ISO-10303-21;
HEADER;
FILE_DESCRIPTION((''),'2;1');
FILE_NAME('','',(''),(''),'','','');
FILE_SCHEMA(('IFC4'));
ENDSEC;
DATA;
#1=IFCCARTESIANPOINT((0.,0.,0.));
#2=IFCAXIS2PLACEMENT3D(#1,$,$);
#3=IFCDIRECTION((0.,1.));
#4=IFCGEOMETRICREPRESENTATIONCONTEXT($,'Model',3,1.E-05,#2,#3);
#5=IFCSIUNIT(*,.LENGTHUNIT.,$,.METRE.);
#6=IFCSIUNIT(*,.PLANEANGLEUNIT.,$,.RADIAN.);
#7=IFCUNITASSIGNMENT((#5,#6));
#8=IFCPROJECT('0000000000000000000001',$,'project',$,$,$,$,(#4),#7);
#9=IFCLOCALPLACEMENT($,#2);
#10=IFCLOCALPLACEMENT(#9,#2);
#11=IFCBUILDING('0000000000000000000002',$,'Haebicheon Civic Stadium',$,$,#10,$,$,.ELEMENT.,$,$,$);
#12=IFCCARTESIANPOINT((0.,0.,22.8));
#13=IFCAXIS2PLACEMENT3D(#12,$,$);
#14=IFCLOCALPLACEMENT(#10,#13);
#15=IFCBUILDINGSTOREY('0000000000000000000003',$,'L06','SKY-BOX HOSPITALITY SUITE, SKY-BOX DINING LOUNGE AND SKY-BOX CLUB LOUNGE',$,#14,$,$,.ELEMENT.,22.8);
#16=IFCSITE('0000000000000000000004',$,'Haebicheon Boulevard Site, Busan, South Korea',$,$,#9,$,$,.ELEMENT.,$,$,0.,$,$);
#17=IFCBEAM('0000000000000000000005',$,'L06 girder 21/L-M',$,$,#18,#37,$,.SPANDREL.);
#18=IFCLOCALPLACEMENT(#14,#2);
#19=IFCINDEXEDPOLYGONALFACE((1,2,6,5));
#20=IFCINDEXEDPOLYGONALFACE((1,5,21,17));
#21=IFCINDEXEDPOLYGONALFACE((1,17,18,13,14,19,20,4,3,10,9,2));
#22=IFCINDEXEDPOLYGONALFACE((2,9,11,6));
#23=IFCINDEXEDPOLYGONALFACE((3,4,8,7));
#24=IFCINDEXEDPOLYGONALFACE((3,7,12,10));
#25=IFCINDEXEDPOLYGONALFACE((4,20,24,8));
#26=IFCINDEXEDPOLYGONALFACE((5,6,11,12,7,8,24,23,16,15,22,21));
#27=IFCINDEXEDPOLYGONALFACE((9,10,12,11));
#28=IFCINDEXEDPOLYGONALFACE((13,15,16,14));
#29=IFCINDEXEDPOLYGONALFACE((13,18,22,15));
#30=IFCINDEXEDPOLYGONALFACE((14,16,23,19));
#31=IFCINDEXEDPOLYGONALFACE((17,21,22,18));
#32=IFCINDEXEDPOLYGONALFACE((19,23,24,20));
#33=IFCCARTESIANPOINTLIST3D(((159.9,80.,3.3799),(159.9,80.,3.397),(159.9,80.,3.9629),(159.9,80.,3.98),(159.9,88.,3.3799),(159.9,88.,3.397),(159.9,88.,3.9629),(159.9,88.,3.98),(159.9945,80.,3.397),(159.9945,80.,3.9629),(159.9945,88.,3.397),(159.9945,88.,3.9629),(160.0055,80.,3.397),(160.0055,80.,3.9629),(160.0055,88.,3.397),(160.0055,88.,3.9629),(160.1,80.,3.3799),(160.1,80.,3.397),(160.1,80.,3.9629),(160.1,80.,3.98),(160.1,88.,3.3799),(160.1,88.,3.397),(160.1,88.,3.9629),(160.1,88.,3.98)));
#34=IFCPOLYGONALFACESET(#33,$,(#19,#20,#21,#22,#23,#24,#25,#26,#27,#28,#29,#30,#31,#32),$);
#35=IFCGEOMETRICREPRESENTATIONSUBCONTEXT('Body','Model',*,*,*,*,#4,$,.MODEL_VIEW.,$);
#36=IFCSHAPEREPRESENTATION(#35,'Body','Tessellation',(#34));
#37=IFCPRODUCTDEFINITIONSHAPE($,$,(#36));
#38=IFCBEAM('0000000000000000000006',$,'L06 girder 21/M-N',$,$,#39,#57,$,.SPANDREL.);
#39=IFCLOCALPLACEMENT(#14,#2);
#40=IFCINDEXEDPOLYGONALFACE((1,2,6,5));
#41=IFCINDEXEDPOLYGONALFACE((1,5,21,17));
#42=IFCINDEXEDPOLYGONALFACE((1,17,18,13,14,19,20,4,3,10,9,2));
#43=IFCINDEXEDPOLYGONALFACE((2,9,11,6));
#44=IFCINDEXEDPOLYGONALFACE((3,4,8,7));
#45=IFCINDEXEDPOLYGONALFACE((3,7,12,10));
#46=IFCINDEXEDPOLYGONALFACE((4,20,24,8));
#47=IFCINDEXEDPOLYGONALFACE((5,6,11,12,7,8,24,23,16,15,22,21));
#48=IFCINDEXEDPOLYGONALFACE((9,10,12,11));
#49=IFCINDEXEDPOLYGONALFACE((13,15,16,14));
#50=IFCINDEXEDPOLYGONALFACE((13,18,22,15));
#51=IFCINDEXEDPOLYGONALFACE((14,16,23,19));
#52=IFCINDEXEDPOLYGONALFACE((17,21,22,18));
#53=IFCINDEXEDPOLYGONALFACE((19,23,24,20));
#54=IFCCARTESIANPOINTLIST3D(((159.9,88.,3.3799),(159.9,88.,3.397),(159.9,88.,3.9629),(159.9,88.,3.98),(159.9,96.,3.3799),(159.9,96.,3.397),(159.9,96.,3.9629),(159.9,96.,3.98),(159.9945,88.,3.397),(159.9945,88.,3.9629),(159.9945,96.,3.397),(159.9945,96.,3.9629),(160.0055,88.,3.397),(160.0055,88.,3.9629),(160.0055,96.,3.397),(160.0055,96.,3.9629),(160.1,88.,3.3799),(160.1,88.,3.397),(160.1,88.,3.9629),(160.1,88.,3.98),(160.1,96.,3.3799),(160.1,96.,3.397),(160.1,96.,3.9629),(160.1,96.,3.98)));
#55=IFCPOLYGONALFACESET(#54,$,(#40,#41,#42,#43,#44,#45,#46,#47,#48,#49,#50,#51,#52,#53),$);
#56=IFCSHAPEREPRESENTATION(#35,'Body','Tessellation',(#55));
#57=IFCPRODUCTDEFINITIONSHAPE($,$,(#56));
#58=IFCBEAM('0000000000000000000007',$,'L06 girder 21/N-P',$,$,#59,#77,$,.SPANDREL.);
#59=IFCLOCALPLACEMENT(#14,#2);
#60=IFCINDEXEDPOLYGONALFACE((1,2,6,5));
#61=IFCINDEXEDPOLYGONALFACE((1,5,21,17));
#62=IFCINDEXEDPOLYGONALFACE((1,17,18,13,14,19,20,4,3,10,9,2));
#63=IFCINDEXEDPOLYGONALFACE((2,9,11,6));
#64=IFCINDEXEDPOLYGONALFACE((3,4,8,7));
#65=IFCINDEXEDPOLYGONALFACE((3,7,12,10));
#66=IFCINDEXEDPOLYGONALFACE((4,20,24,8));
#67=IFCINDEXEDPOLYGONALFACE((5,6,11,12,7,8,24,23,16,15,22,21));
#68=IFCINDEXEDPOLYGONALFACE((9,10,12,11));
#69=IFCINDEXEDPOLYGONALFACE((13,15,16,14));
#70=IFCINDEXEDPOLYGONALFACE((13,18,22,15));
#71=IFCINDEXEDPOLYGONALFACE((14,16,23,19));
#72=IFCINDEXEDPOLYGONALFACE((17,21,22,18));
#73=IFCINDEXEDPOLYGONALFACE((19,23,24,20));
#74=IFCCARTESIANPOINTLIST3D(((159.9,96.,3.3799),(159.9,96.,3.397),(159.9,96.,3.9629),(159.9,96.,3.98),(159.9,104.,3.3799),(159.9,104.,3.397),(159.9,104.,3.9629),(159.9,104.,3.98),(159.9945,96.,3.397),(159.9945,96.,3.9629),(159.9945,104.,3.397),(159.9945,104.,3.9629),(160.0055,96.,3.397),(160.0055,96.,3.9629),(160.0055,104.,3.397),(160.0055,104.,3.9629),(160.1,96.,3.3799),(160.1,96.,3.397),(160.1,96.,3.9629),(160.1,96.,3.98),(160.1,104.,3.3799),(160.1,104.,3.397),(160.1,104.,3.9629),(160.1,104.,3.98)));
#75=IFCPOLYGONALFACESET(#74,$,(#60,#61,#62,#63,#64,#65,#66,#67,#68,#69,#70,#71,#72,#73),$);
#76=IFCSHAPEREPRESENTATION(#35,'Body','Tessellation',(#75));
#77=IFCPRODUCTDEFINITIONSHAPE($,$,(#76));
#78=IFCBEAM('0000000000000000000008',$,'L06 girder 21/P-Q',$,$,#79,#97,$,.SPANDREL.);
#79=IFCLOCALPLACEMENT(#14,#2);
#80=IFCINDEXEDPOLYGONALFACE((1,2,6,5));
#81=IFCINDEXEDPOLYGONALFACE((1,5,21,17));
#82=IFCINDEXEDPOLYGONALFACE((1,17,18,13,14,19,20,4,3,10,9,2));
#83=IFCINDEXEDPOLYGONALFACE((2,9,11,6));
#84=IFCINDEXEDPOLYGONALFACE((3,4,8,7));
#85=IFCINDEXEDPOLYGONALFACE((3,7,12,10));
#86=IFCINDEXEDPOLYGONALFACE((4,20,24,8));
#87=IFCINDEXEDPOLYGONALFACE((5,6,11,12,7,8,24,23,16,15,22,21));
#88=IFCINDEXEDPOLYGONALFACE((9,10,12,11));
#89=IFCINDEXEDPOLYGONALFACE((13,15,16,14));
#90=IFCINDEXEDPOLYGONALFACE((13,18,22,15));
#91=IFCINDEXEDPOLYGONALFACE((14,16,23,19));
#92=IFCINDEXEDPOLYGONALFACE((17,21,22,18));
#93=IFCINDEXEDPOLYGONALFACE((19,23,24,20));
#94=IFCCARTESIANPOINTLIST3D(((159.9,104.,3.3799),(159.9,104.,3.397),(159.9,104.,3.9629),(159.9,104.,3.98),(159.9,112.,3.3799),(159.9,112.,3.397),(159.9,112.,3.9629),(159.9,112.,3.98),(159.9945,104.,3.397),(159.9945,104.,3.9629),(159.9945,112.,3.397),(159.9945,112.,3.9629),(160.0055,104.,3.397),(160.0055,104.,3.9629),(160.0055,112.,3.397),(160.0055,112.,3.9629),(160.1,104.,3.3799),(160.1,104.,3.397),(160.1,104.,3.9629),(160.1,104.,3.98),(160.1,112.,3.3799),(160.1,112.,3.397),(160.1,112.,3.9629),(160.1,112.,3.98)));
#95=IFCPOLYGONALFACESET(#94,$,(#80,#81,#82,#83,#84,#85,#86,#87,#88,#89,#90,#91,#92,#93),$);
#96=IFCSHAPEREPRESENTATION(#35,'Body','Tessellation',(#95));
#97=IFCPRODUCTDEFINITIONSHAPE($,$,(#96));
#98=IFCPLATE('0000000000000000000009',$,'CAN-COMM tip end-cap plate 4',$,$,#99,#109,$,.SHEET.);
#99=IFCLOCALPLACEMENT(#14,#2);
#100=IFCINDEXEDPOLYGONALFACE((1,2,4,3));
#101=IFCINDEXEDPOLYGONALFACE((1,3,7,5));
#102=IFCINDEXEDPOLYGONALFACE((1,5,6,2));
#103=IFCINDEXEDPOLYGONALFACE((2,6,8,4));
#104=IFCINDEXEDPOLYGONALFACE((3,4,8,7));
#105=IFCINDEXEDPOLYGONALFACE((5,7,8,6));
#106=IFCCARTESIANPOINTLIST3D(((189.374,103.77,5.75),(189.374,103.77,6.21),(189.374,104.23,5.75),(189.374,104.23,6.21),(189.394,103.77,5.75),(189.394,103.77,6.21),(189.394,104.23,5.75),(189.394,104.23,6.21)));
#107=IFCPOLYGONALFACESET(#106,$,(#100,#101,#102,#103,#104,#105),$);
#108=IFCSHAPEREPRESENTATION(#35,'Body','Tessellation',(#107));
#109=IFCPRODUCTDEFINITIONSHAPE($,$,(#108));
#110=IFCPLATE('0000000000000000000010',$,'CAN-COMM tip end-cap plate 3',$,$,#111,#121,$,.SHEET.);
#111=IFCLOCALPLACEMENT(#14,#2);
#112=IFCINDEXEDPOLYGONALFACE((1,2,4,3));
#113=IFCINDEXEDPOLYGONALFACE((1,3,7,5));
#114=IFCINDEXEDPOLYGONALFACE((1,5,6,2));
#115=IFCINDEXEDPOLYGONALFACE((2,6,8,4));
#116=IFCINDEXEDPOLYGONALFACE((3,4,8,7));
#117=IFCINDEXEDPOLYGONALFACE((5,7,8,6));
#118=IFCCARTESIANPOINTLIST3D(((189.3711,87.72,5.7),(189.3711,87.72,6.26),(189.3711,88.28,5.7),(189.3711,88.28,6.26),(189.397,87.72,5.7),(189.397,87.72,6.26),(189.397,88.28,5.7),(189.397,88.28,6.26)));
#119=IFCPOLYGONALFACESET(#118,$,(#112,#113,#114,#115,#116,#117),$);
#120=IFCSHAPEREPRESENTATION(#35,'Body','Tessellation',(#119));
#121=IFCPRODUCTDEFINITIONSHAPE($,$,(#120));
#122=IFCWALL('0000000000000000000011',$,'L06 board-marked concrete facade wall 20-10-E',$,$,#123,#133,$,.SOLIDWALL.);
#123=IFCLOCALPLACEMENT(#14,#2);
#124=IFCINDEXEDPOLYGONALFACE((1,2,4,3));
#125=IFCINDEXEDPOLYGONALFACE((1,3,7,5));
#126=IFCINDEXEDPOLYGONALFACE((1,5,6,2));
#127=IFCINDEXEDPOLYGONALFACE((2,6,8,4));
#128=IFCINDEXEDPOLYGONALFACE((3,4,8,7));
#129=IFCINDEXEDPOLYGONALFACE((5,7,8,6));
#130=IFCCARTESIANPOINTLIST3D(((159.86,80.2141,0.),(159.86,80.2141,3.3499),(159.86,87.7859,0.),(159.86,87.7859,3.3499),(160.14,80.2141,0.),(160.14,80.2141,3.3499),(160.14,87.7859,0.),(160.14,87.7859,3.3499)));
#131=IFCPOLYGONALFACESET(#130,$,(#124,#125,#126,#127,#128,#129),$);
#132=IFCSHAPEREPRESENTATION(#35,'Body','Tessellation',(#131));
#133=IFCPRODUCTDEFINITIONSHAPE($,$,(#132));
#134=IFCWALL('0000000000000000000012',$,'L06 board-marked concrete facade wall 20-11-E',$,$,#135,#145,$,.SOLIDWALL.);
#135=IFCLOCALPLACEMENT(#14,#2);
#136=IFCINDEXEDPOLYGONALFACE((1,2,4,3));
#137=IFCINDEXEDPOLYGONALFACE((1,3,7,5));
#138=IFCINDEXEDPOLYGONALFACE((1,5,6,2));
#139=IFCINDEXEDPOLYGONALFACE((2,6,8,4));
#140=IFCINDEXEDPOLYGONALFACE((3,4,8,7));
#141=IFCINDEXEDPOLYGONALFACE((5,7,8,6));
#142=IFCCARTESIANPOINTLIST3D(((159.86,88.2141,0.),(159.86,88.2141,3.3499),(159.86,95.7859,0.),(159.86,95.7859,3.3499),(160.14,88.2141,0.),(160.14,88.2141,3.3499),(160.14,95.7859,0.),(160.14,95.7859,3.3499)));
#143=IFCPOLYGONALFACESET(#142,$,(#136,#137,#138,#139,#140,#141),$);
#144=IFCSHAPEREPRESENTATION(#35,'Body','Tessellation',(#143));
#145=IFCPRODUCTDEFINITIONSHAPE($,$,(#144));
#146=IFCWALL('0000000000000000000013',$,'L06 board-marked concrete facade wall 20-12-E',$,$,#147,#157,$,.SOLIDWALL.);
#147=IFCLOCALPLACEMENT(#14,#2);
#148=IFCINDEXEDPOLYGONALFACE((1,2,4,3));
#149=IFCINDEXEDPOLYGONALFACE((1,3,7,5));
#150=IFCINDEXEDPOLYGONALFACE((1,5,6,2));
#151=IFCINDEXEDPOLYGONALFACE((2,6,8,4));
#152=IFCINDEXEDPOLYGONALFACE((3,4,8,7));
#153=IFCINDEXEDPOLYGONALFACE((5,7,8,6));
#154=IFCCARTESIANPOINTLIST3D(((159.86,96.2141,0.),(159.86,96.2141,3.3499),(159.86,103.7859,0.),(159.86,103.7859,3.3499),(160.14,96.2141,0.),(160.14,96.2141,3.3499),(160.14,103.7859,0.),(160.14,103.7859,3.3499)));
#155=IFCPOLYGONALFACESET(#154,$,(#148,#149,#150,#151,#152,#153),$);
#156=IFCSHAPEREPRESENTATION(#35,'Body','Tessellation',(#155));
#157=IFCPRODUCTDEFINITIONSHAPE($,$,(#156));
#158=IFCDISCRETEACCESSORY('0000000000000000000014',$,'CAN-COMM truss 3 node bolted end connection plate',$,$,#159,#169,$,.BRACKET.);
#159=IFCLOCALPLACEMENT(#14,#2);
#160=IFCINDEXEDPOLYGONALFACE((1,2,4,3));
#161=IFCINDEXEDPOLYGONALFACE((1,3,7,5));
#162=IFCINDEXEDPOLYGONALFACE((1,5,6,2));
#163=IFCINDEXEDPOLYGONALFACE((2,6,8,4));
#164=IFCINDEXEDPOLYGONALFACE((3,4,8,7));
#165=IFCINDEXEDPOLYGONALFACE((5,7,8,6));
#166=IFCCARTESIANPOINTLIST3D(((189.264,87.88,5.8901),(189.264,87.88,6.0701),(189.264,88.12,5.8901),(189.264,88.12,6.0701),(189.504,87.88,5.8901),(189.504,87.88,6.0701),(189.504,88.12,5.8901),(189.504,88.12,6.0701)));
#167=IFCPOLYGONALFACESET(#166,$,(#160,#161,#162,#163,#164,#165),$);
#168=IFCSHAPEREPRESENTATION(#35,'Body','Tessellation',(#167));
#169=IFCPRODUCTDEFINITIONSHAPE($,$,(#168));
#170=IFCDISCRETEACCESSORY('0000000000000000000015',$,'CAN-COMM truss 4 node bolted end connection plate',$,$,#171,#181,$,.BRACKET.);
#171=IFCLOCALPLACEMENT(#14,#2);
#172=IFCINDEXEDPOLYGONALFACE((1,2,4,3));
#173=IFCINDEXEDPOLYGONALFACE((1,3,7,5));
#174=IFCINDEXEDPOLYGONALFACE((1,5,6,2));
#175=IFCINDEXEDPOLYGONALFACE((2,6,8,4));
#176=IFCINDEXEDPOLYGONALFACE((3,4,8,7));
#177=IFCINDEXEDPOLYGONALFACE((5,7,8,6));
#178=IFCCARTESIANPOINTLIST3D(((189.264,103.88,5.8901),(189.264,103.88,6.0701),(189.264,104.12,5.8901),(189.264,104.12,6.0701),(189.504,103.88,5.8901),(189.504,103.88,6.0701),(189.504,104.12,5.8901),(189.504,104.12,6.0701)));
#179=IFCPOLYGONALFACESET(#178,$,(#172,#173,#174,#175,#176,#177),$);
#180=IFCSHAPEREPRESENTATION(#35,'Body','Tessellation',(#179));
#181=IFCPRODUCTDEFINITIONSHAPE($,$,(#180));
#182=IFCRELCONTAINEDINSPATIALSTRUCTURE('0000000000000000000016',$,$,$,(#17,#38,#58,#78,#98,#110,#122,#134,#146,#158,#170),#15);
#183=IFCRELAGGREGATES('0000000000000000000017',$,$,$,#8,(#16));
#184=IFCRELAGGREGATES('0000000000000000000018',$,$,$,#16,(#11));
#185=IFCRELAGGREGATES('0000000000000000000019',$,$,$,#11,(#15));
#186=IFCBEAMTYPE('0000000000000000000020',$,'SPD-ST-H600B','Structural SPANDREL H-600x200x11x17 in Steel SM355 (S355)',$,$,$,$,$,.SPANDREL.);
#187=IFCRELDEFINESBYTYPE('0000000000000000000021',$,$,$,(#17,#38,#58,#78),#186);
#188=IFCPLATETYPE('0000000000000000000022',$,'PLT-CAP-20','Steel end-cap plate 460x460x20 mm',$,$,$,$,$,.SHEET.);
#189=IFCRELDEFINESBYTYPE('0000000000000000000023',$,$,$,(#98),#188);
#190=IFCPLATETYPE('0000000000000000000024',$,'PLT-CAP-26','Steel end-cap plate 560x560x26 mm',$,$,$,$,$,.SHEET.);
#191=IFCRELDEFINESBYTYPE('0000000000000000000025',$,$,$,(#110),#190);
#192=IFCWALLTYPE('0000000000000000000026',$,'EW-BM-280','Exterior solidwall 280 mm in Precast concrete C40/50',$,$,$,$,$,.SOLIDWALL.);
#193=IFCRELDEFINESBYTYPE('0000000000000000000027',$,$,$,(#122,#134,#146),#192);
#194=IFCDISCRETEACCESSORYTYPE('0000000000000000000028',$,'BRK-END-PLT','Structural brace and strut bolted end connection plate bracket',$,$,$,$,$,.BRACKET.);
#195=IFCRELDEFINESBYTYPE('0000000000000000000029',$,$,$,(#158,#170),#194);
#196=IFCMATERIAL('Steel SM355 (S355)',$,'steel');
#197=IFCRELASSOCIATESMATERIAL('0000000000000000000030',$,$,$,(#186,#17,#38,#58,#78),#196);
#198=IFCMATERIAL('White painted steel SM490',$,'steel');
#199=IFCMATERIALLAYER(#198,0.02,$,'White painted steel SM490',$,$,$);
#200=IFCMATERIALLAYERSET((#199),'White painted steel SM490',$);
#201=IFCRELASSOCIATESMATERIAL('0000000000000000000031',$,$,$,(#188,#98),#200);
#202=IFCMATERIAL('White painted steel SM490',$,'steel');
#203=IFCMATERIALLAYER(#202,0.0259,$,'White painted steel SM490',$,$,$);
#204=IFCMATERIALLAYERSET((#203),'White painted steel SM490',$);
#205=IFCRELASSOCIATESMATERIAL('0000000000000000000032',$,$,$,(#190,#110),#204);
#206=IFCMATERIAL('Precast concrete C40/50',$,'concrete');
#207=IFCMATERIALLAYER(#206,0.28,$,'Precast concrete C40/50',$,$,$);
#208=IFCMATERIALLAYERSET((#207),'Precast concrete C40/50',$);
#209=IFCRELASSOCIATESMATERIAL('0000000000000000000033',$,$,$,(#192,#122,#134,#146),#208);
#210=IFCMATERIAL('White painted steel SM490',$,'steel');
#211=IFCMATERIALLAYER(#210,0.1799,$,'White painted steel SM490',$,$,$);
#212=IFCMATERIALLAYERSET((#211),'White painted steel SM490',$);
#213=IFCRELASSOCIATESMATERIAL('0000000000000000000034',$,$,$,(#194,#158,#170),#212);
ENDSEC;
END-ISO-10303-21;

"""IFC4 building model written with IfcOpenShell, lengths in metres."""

from ifc_helpers import new_model, si_unit, direction, frame, frame_2d, origin, origin_2d, place, context, subcontext, project, spatial, rectangle, i_section, extrude, material, layer, layer_set, material_profile, profile_set, type_object, element, save


model = new_model("IFC4")

# Units and contexts
model_context = context("Model", 3, precision=1e-05, world=origin(), true_north=direction((0.0, 1.0)))
body_context = subcontext(model_context, "Body", "Model", "MODEL_VIEW")
ifc_project = project(units=[si_unit("LENGTHUNIT", "METRE"), si_unit("PLANEANGLEUNIT", "RADIAN")], contexts=[model_context])

# Site, building, storey
site_placement = place(None, origin())
site = spatial("IfcSite", under=ifc_project, at=site_placement, Name="Haebicheon Boulevard Site, Busan, South Korea", CompositionType="ELEMENT", RefElevation=0.0)
building_placement = place(site_placement, origin())
building = spatial("IfcBuilding", under=site, at=building_placement, Name="Haebicheon Civic Stadium", CompositionType="ELEMENT")
storey_placement = place(building_placement, frame((0.0, 0.0, 22.8)))
storey = spatial("IfcBuildingStorey", under=building, at=storey_placement, Name="L06", Description="SKY-BOX HOSPITALITY SUITE, SKY-BOX DINING LOUNGE AND SKY-BOX CLUB LOUNGE", CompositionType="ELEMENT", Elevation=22.8)

# Beams
ifc_material_1 = material(Name="Steel SM355 (S355)", Category="steel")
ifc_material_profile_1 = material_profile(ifc_material_1, i_section(OverallWidth=0.2, OverallDepth=0.6001, WebThickness=0.011, FlangeThickness=0.0171, at=origin_2d()), Name="H-600x200x11x17")
ifc_profile_set_1 = profile_set([ifc_material_profile_1], Name="Steel SM355 (S355)")
beam_type_1 = type_object("IfcBeamType", Name="SPD-ST-H600B", Description="Structural SPANDREL H-600x200x11x17 in Steel SM355 (S355)", PredefinedType="SPANDREL", material=ifc_profile_set_1)
for number, where, z_axis, x_axis, name in (
    (1, (160.0, 80.0, 3.6799), (0.0, 1.0, 0.0), (-1.0, 0.0, 0.0), "L06 girder 21/L-M"),
    (2, (160.0, 88.0, 3.6799), (0.0, 1.0, 0.0), (-1.0, 0.0, 0.0), "L06 girder 21/M-N"),
    (3, (160.0, 96.0, 3.6799), (0.0, 1.0, 0.0), (-1.0, 0.0, 0.0), "L06 girder 21/N-P"),
    (4, (160.0, 104.0, 3.6799), (0.0, 1.0, 0.0), (-1.0, 0.0, 0.0), "L06 girder 21/P-Q"),
):
    element("IfcBeam", number, at=place(storey_placement, frame(where, z_axis=z_axis, x_axis=x_axis)), inside=storey, type_object=beam_type_1, material=ifc_profile_set_1, Name=name, PredefinedType="SPANDREL", context=body_context, shape_type="SweptSolid", body=[
        extrude(i_section(OverallWidth=0.2, OverallDepth=0.6001, WebThickness=0.011, FlangeThickness=0.0171, at=origin_2d()), origin(), (0.0, 0.0, 1.0), 8.0),
    ])

# Plates
ifc_material_2 = material(Name="White painted steel SM490", Category="steel")
ifc_layer_1 = layer(ifc_material_2, 0.02, Name="White painted steel SM490")
ifc_layer_set_1 = layer_set([ifc_layer_1], Name="White painted steel SM490")
plate_type_1 = type_object("IfcPlateType", Name="PLT-CAP-20", Description="Steel end-cap plate 460x460x20 mm", PredefinedType="SHEET", material=ifc_layer_set_1)
plate_1_placement = place(storey_placement, frame((189.384, 104.0, 5.75), z_axis=(0.0, 0.0, 1.0), x_axis=(0.0, 1.0, 0.0)))
element("IfcPlate", 5, at=plate_1_placement, inside=storey, type_object=plate_type_1, material=ifc_layer_set_1, Name="CAN-COMM tip end-cap plate 4", PredefinedType="SHEET", context=body_context, shape_type="SweptSolid", body=[
    extrude(rectangle(XDim=0.46, YDim=0.02, at=origin_2d()), origin(), (0.0, 0.0, 1.0), 0.46),
])
ifc_material_3 = material(Name="White painted steel SM490", Category="steel")
ifc_layer_2 = layer(ifc_material_3, 0.0259, Name="White painted steel SM490")
ifc_layer_set_2 = layer_set([ifc_layer_2], Name="White painted steel SM490")
plate_type_2 = type_object("IfcPlateType", Name="PLT-CAP-26", Description="Steel end-cap plate 560x560x26 mm", PredefinedType="SHEET", material=ifc_layer_set_2)
plate_2_placement = place(storey_placement, frame((189.384, 88.0, 5.7), z_axis=(0.0, 0.0, 1.0), x_axis=(0.0, 1.0, 0.0)))
element("IfcPlate", 6, at=plate_2_placement, inside=storey, type_object=plate_type_2, material=ifc_layer_set_2, Name="CAN-COMM tip end-cap plate 3", PredefinedType="SHEET", context=body_context, shape_type="SweptSolid", body=[
    extrude(rectangle(XDim=0.5601, YDim=0.0259, at=origin_2d()), origin(), (0.0, 0.0, 1.0), 0.5601),
])

# Walls
ifc_material_4 = material(Name="Precast concrete C40/50", Category="concrete")
ifc_layer_3 = layer(ifc_material_4, 0.28, Name="Precast concrete C40/50")
ifc_layer_set_3 = layer_set([ifc_layer_3], Name="Precast concrete C40/50")
wall_type = type_object("IfcWallType", Name="EW-BM-280", Description="Exterior solidwall 280 mm in Precast concrete C40/50", PredefinedType="SOLIDWALL", material=ifc_layer_set_3)
for number, where, z_axis, x_axis, name in (
    (7, (160.0, 80.2141, 0.0), (0.0, 0.0, 1.0), (0.0, 1.0, 0.0), "L06 board-marked concrete facade wall 20-10-E"),
    (8, (160.0, 88.2141, 0.0), (0.0, 0.0, 1.0), (0.0, 1.0, 0.0), "L06 board-marked concrete facade wall 20-11-E"),
    (9, (160.0, 96.2141, 0.0), (0.0, 0.0, 1.0), (0.0, 1.0, 0.0), "L06 board-marked concrete facade wall 20-12-E"),
):
    element("IfcWall", number, at=place(storey_placement, frame(where, z_axis=z_axis, x_axis=x_axis)), inside=storey, type_object=wall_type, material=ifc_layer_set_3, Name=name, PredefinedType="SOLIDWALL", context=body_context, shape_type="SweptSolid", body=[
        extrude(rectangle(XDim=7.5718, YDim=0.28, at=frame_2d((3.7859, 0.0))), origin(), (0.0, 0.0, 1.0), 3.3499),
    ])

# Discrete accessories
ifc_material_5 = material(Name="White painted steel SM490", Category="steel")
ifc_layer_4 = layer(ifc_material_5, 0.1799, Name="White painted steel SM490")
ifc_layer_set_4 = layer_set([ifc_layer_4], Name="White painted steel SM490")
discrete_accessory_type = type_object("IfcDiscreteAccessoryType", Name="BRK-END-PLT", Description="Structural brace and strut bolted end connection plate bracket", PredefinedType="BRACKET", material=ifc_layer_set_4)
for number, where, z_axis, x_axis, name in (
    (10, (189.384, 88.0, 5.8901), (0.0, 0.0, 1.0), (1.0, 0.0, 0.0), "CAN-COMM truss 3 node bolted end connection plate"),
    (11, (189.384, 104.0, 5.8901), (0.0, 0.0, 1.0), (1.0, 0.0, 0.0), "CAN-COMM truss 4 node bolted end connection plate"),
):
    element("IfcDiscreteAccessory", number, at=place(storey_placement, frame(where, z_axis=z_axis, x_axis=x_axis)), inside=storey, type_object=discrete_accessory_type, material=ifc_layer_set_4, Name=name, PredefinedType="BRACKET", context=body_context, shape_type="SweptSolid", body=[
        extrude(rectangle(XDim=0.24, YDim=0.24, at=origin_2d()), origin(), (0.0, 0.0, 1.0), 0.1799),
    ])

save(model, "model.ifc")
